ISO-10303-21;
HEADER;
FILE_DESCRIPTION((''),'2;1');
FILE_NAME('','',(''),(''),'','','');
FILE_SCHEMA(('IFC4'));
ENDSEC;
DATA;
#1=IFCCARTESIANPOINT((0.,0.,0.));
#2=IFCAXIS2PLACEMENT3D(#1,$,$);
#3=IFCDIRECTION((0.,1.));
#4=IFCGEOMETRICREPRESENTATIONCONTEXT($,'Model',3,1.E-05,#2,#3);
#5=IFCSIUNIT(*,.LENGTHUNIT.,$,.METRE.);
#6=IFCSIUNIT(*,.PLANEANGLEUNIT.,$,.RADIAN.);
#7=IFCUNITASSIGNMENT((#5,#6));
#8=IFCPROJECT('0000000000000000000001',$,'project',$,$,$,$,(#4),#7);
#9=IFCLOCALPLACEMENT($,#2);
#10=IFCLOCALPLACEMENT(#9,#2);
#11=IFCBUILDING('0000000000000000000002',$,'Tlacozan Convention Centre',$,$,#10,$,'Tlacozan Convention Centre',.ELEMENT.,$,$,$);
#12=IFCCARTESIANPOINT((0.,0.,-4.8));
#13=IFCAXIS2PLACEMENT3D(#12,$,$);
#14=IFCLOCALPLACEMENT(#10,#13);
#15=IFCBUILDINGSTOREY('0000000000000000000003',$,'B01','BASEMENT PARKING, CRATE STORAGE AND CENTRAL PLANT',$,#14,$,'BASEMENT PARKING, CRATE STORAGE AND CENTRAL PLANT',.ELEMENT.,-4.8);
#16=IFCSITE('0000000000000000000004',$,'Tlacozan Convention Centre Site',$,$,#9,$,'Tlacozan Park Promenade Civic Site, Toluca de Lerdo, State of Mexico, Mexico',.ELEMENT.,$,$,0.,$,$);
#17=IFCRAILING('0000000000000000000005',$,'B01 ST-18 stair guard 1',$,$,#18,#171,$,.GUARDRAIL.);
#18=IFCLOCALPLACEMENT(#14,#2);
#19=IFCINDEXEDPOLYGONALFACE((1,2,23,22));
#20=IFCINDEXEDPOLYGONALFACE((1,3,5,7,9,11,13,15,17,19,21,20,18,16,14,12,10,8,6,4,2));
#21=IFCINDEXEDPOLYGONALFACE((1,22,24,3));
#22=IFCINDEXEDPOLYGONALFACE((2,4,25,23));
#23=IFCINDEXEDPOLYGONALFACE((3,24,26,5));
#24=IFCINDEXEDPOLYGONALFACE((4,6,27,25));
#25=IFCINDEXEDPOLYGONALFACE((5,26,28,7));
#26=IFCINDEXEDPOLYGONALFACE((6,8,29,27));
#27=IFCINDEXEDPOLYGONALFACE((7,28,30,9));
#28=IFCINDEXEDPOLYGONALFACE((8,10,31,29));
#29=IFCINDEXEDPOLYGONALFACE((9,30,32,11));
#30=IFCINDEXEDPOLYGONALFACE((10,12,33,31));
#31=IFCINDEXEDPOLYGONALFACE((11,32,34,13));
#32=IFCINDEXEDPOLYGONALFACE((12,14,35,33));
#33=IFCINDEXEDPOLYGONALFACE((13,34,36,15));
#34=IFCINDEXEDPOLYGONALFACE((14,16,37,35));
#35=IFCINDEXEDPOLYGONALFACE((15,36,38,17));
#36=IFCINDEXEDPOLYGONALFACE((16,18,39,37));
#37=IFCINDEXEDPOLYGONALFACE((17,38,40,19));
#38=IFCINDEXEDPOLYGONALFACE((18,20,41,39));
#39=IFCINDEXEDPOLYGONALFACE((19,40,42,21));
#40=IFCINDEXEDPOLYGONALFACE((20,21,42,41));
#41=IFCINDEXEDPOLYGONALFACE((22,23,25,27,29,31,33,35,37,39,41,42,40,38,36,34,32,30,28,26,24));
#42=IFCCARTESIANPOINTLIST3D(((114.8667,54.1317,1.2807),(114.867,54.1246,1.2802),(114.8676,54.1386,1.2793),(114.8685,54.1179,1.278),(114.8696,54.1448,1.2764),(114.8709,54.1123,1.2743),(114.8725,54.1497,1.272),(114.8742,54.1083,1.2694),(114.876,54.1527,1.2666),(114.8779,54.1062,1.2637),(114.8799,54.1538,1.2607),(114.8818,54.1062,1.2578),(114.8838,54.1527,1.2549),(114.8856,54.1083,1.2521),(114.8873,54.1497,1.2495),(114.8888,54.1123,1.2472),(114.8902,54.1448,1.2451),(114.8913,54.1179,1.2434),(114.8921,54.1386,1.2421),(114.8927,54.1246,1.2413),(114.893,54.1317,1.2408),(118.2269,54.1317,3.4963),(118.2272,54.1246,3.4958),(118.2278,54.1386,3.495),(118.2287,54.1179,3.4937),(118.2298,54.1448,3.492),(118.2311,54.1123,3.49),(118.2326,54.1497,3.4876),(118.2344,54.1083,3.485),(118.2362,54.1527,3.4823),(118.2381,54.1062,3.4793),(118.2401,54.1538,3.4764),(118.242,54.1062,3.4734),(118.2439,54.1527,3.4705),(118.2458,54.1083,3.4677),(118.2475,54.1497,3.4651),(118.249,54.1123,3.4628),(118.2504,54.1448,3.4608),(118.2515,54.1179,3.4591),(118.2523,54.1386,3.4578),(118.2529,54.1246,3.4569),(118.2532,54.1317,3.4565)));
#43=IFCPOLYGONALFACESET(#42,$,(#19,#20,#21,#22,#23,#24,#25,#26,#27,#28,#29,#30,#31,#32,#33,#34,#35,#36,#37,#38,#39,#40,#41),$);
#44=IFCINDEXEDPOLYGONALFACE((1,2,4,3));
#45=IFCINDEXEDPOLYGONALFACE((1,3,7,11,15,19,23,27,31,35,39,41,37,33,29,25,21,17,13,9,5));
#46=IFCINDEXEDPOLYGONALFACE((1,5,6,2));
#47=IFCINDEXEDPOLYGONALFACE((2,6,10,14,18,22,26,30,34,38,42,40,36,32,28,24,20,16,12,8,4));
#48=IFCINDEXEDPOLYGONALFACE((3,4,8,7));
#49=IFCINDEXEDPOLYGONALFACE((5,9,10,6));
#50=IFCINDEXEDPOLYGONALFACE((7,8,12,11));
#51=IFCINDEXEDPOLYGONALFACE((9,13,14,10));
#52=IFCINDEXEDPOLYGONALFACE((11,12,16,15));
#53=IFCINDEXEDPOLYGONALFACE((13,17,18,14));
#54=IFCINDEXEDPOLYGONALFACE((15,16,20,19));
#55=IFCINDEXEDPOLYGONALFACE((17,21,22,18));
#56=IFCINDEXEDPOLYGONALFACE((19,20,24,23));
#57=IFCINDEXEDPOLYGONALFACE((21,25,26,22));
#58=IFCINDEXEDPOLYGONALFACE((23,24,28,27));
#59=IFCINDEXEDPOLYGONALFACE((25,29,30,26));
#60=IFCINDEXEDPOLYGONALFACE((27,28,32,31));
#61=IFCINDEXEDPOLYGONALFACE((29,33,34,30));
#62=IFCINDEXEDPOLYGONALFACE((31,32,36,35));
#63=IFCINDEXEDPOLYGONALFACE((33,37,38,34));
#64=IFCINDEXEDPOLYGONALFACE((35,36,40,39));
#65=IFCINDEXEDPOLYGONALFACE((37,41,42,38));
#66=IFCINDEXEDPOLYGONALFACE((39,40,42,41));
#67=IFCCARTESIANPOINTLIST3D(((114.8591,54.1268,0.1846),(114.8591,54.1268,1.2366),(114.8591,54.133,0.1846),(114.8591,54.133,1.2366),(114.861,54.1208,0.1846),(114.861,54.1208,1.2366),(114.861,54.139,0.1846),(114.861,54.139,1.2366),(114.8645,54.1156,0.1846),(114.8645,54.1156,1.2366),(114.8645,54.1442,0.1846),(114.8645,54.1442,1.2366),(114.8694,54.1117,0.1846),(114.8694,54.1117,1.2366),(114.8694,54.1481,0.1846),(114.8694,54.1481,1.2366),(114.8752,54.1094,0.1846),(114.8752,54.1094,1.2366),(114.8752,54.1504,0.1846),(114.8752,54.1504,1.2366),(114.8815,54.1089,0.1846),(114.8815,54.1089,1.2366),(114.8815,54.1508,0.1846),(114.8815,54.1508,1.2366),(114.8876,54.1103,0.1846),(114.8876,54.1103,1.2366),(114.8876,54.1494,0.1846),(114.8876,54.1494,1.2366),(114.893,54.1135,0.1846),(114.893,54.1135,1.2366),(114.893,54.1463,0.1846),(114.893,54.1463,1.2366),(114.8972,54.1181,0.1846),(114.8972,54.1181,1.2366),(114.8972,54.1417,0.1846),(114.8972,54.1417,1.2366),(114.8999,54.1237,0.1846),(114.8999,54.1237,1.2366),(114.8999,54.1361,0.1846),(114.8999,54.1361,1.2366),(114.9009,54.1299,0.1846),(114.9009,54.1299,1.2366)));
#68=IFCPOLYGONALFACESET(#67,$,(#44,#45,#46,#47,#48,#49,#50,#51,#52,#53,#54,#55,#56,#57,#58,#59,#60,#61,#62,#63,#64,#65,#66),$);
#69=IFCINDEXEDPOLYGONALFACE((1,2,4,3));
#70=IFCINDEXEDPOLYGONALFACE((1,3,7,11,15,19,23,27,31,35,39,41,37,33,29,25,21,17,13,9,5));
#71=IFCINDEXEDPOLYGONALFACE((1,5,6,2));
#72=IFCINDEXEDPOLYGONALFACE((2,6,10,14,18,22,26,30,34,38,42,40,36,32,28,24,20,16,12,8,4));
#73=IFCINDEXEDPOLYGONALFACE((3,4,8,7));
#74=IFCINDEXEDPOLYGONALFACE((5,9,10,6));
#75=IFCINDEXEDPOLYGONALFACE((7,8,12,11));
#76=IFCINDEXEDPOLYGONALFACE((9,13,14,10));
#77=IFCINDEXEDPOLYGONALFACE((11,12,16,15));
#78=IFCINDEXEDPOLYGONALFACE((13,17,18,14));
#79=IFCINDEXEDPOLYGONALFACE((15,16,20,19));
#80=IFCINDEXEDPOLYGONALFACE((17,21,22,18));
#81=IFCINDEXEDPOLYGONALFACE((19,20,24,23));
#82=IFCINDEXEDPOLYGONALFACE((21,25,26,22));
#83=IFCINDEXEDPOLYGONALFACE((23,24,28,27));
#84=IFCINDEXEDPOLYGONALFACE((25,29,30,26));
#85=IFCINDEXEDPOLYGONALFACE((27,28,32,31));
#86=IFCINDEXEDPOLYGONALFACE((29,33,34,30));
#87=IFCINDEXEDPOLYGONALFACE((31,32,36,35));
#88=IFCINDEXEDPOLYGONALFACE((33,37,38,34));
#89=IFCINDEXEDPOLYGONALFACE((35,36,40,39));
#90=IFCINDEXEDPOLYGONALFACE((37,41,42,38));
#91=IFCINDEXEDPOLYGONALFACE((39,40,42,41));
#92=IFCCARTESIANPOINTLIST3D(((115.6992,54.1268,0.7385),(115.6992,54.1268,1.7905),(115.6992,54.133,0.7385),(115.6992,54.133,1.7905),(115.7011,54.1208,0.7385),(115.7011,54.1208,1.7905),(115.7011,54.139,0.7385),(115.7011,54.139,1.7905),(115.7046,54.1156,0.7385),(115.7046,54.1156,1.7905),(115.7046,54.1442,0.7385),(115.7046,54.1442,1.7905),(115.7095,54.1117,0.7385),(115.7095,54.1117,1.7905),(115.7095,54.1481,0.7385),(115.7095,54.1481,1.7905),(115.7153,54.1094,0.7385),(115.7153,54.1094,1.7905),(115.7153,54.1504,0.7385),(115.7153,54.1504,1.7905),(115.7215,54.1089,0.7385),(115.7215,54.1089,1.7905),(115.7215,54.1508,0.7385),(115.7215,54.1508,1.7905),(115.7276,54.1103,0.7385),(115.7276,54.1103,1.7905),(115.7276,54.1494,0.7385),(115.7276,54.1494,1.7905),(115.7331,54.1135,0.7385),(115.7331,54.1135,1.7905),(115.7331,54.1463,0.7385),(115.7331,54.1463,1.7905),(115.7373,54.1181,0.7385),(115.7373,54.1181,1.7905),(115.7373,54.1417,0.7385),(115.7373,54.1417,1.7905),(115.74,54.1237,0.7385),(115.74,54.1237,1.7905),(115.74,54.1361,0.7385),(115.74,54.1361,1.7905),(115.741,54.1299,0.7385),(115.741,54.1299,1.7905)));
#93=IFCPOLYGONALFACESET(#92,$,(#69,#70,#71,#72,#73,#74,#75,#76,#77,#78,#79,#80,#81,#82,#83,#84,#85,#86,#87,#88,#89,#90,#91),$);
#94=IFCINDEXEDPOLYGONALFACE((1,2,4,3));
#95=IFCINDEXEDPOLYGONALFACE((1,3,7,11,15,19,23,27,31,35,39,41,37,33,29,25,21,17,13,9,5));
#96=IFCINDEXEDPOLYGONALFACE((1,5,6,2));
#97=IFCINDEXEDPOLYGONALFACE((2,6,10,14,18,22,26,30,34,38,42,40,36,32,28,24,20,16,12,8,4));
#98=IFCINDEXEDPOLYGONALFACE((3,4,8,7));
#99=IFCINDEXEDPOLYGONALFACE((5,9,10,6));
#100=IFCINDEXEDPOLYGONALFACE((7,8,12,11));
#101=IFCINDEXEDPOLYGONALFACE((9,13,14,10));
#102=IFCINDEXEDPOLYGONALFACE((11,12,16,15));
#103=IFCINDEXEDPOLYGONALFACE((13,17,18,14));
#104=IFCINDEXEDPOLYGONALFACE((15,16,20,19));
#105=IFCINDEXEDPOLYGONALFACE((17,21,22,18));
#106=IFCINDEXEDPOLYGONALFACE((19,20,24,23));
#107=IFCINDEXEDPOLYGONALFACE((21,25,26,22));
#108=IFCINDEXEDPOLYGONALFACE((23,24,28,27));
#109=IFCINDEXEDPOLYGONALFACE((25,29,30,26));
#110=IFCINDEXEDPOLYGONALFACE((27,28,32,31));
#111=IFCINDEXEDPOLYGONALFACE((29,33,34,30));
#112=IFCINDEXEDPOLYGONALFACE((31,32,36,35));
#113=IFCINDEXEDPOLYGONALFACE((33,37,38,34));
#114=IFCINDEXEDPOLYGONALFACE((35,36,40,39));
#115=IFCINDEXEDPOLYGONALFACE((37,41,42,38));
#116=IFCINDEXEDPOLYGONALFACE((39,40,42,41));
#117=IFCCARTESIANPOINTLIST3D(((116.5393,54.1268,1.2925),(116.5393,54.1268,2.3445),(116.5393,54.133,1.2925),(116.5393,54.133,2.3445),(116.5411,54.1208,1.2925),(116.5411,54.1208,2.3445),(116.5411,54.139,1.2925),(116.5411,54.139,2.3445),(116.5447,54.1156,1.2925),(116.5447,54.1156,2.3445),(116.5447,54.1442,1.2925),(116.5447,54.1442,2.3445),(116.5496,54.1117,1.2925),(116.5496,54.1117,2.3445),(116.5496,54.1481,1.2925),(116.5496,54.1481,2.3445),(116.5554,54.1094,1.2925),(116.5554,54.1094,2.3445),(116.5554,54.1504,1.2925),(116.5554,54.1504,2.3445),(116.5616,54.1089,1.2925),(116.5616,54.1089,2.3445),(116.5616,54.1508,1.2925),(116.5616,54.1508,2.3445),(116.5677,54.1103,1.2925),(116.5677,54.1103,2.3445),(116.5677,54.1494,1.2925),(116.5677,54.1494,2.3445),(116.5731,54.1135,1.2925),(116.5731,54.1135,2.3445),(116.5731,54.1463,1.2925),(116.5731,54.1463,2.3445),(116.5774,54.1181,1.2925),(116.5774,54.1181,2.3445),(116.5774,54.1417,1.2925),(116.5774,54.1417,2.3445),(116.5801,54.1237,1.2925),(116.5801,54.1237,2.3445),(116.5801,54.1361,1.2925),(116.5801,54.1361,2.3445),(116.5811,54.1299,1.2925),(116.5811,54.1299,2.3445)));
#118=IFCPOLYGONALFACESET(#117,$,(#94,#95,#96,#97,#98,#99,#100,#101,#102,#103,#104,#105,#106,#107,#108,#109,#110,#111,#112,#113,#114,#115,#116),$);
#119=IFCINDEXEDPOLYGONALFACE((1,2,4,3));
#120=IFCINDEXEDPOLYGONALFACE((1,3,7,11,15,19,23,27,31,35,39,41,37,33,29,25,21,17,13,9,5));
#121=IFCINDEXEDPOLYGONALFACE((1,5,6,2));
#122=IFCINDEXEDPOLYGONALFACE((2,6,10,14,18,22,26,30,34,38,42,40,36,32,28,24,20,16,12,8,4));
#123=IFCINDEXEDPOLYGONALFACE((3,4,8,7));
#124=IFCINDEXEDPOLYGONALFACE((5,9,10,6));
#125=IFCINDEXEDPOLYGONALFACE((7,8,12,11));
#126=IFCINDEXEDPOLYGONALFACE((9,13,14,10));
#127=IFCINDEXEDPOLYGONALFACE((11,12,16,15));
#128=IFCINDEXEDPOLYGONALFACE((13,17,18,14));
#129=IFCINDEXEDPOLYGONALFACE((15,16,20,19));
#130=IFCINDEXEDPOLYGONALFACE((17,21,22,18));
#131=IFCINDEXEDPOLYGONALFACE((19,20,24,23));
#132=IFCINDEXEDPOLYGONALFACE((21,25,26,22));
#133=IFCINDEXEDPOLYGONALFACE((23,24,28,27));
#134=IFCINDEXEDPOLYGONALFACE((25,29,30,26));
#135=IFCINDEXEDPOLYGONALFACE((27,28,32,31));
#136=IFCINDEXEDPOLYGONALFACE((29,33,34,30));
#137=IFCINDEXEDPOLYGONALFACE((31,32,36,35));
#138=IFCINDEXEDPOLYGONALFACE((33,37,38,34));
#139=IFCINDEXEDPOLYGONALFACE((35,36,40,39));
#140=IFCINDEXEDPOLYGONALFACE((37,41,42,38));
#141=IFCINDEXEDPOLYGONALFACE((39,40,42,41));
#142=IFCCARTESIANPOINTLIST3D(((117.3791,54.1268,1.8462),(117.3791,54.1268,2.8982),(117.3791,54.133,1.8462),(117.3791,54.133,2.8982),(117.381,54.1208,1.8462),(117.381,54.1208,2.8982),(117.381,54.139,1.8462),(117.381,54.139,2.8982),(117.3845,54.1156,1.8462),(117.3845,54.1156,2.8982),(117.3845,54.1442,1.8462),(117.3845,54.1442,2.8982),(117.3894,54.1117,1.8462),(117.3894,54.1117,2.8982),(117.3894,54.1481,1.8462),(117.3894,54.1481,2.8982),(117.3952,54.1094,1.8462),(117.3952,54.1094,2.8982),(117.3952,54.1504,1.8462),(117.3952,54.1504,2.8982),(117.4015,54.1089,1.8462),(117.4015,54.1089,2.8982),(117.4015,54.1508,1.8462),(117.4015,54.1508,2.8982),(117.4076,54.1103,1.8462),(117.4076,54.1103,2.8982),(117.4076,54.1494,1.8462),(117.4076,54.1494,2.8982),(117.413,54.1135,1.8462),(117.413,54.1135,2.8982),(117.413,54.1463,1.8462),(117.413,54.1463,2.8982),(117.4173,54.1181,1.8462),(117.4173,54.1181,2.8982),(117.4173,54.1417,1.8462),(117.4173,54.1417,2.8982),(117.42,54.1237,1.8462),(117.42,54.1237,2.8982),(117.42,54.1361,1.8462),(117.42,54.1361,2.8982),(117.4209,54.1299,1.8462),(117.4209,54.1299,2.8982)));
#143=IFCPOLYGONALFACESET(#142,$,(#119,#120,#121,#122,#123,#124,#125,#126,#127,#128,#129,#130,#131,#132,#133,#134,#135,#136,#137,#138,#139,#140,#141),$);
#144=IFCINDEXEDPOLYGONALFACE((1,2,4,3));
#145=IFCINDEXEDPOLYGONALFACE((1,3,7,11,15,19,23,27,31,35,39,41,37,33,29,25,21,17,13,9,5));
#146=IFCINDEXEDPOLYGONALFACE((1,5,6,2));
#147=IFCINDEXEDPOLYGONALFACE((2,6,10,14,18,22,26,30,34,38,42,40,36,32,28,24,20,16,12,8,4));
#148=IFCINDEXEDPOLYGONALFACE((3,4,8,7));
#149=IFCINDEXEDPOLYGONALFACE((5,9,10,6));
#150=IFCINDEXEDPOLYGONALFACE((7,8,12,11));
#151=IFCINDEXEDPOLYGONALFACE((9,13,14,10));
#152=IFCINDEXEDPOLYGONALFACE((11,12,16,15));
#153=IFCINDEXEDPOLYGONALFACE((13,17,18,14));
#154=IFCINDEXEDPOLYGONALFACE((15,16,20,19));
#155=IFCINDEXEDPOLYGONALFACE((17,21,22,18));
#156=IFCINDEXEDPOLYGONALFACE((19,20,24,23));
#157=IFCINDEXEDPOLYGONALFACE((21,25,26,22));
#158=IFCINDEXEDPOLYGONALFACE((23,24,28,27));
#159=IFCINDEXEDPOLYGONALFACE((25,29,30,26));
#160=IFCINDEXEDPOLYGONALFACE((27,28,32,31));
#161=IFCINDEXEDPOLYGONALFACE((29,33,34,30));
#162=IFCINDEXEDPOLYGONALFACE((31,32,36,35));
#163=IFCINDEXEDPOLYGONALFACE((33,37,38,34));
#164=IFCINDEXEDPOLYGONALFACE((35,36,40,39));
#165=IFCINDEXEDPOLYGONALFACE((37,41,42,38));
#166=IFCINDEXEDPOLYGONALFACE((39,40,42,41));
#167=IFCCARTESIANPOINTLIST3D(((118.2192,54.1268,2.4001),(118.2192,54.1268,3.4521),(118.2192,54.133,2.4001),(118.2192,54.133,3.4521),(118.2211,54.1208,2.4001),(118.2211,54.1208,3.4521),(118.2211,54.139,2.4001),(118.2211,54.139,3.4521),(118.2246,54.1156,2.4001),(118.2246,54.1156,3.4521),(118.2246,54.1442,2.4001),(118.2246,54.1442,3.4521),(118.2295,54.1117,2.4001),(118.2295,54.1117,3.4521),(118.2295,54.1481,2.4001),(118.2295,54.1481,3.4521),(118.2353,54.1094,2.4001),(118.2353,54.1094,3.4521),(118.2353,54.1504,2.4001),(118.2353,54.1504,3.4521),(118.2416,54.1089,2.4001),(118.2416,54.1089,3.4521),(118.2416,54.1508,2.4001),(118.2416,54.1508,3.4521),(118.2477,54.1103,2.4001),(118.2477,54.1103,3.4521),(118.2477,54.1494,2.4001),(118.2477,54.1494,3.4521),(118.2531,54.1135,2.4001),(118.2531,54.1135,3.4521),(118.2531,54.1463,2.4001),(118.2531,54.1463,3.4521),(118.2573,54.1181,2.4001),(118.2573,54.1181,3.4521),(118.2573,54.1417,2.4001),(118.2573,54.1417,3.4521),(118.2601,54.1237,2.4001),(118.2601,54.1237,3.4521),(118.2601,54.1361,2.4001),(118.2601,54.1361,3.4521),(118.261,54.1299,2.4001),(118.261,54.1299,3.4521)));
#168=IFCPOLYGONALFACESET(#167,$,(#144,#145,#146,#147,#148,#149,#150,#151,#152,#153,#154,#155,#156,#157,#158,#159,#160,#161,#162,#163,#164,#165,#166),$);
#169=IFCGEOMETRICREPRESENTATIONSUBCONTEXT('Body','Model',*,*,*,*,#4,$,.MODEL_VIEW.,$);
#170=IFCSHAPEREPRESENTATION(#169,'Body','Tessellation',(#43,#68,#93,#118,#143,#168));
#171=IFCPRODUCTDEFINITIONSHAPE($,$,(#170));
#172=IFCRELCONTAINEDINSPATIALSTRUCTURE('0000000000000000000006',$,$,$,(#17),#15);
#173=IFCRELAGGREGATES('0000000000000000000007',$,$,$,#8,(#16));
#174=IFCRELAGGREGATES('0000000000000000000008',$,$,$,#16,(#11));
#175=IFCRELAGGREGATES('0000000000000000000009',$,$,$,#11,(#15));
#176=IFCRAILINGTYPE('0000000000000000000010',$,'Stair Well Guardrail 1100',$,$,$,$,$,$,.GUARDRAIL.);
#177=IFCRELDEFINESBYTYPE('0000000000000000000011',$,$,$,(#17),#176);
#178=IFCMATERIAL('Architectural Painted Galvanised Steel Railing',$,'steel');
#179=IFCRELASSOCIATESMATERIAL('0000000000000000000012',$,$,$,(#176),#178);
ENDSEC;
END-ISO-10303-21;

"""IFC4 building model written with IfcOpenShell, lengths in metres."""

from ifc_helpers import new_model, si_unit, direction, frame, origin, origin_2d, place, context, subcontext, project, spatial, circle, extrude, material, type_object, element, save


model = new_model("IFC4")

# Units and contexts
model_context = context("Model", 3, precision=1e-05, world=origin(), true_north=direction((0.0, 1.0)))
body_context = subcontext(model_context, "Body", "Model", "MODEL_VIEW")
ifc_project = project(units=[si_unit("LENGTHUNIT", "METRE"), si_unit("PLANEANGLEUNIT", "RADIAN")], contexts=[model_context])

# Site, building, storey
site_placement = place(None, origin())
site = spatial("IfcSite", under=ifc_project, at=site_placement, Name="Tlacozan Convention Centre Site", LongName="Tlacozan Park Promenade Civic Site, Toluca de Lerdo, State of Mexico, Mexico", CompositionType="ELEMENT", RefElevation=0.0)
building_placement = place(site_placement, origin())
building = spatial("IfcBuilding", under=site, at=building_placement, Name="Tlacozan Convention Centre", LongName="Tlacozan Convention Centre", CompositionType="ELEMENT")
storey_placement = place(building_placement, frame((0.0, 0.0, -4.8)))
storey = spatial("IfcBuildingStorey", under=building, at=storey_placement, Name="B01", Description="BASEMENT PARKING, CRATE STORAGE AND CENTRAL PLANT", LongName="BASEMENT PARKING, CRATE STORAGE AND CENTRAL PLANT", CompositionType="ELEMENT", Elevation=-4.8)

# Railing
ifc_material_1 = material(Name="Architectural Painted Galvanised Steel Railing", Category="steel")
railing_type_1 = type_object("IfcRailingType", Name="Stair Well Guardrail 1100", PredefinedType="GUARDRAIL", material=ifc_material_1)
railing_1_placement = place(storey_placement, frame((114.8799, 54.1299, 0.1846)))
element("IfcRailing", 1, at=railing_1_placement, inside=storey, type_object=railing_type_1, Name="B01 ST-18 stair guard 1", PredefinedType="GUARDRAIL", context=body_context, shape_type="SweptSolid", body=[
    extrude(circle(Radius=0.0239, at=origin_2d()), frame((0.0, 0.0, 1.0762), z_axis=(0.834849, 0.0, 0.55048), x_axis=(0.0, 1.0, 0.0)), (0.0, 0.0, 1.0), 4.0249),
    extrude(circle(Radius=0.021, at=origin_2d()), origin(), (0.0, 0.0, 1.0), 1.052),
    extrude(circle(Radius=0.021, at=origin_2d()), frame((0.8401, 0.0, 0.554)), (0.0, 0.0, 1.0), 1.052),
    extrude(circle(Radius=0.021, at=origin_2d()), frame((1.6802, 0.0, 1.1079)), (0.0, 0.0, 1.0), 1.052),
    extrude(circle(Radius=0.021, at=origin_2d()), frame((2.52, 0.0, 1.6616)), (0.0, 0.0, 1.0), 1.052),
    extrude(circle(Radius=0.021, at=origin_2d()), frame((3.3601, 0.0, 2.2156)), (0.0, 0.0, 1.0), 1.052),
])

save(model, "model.ifc")
